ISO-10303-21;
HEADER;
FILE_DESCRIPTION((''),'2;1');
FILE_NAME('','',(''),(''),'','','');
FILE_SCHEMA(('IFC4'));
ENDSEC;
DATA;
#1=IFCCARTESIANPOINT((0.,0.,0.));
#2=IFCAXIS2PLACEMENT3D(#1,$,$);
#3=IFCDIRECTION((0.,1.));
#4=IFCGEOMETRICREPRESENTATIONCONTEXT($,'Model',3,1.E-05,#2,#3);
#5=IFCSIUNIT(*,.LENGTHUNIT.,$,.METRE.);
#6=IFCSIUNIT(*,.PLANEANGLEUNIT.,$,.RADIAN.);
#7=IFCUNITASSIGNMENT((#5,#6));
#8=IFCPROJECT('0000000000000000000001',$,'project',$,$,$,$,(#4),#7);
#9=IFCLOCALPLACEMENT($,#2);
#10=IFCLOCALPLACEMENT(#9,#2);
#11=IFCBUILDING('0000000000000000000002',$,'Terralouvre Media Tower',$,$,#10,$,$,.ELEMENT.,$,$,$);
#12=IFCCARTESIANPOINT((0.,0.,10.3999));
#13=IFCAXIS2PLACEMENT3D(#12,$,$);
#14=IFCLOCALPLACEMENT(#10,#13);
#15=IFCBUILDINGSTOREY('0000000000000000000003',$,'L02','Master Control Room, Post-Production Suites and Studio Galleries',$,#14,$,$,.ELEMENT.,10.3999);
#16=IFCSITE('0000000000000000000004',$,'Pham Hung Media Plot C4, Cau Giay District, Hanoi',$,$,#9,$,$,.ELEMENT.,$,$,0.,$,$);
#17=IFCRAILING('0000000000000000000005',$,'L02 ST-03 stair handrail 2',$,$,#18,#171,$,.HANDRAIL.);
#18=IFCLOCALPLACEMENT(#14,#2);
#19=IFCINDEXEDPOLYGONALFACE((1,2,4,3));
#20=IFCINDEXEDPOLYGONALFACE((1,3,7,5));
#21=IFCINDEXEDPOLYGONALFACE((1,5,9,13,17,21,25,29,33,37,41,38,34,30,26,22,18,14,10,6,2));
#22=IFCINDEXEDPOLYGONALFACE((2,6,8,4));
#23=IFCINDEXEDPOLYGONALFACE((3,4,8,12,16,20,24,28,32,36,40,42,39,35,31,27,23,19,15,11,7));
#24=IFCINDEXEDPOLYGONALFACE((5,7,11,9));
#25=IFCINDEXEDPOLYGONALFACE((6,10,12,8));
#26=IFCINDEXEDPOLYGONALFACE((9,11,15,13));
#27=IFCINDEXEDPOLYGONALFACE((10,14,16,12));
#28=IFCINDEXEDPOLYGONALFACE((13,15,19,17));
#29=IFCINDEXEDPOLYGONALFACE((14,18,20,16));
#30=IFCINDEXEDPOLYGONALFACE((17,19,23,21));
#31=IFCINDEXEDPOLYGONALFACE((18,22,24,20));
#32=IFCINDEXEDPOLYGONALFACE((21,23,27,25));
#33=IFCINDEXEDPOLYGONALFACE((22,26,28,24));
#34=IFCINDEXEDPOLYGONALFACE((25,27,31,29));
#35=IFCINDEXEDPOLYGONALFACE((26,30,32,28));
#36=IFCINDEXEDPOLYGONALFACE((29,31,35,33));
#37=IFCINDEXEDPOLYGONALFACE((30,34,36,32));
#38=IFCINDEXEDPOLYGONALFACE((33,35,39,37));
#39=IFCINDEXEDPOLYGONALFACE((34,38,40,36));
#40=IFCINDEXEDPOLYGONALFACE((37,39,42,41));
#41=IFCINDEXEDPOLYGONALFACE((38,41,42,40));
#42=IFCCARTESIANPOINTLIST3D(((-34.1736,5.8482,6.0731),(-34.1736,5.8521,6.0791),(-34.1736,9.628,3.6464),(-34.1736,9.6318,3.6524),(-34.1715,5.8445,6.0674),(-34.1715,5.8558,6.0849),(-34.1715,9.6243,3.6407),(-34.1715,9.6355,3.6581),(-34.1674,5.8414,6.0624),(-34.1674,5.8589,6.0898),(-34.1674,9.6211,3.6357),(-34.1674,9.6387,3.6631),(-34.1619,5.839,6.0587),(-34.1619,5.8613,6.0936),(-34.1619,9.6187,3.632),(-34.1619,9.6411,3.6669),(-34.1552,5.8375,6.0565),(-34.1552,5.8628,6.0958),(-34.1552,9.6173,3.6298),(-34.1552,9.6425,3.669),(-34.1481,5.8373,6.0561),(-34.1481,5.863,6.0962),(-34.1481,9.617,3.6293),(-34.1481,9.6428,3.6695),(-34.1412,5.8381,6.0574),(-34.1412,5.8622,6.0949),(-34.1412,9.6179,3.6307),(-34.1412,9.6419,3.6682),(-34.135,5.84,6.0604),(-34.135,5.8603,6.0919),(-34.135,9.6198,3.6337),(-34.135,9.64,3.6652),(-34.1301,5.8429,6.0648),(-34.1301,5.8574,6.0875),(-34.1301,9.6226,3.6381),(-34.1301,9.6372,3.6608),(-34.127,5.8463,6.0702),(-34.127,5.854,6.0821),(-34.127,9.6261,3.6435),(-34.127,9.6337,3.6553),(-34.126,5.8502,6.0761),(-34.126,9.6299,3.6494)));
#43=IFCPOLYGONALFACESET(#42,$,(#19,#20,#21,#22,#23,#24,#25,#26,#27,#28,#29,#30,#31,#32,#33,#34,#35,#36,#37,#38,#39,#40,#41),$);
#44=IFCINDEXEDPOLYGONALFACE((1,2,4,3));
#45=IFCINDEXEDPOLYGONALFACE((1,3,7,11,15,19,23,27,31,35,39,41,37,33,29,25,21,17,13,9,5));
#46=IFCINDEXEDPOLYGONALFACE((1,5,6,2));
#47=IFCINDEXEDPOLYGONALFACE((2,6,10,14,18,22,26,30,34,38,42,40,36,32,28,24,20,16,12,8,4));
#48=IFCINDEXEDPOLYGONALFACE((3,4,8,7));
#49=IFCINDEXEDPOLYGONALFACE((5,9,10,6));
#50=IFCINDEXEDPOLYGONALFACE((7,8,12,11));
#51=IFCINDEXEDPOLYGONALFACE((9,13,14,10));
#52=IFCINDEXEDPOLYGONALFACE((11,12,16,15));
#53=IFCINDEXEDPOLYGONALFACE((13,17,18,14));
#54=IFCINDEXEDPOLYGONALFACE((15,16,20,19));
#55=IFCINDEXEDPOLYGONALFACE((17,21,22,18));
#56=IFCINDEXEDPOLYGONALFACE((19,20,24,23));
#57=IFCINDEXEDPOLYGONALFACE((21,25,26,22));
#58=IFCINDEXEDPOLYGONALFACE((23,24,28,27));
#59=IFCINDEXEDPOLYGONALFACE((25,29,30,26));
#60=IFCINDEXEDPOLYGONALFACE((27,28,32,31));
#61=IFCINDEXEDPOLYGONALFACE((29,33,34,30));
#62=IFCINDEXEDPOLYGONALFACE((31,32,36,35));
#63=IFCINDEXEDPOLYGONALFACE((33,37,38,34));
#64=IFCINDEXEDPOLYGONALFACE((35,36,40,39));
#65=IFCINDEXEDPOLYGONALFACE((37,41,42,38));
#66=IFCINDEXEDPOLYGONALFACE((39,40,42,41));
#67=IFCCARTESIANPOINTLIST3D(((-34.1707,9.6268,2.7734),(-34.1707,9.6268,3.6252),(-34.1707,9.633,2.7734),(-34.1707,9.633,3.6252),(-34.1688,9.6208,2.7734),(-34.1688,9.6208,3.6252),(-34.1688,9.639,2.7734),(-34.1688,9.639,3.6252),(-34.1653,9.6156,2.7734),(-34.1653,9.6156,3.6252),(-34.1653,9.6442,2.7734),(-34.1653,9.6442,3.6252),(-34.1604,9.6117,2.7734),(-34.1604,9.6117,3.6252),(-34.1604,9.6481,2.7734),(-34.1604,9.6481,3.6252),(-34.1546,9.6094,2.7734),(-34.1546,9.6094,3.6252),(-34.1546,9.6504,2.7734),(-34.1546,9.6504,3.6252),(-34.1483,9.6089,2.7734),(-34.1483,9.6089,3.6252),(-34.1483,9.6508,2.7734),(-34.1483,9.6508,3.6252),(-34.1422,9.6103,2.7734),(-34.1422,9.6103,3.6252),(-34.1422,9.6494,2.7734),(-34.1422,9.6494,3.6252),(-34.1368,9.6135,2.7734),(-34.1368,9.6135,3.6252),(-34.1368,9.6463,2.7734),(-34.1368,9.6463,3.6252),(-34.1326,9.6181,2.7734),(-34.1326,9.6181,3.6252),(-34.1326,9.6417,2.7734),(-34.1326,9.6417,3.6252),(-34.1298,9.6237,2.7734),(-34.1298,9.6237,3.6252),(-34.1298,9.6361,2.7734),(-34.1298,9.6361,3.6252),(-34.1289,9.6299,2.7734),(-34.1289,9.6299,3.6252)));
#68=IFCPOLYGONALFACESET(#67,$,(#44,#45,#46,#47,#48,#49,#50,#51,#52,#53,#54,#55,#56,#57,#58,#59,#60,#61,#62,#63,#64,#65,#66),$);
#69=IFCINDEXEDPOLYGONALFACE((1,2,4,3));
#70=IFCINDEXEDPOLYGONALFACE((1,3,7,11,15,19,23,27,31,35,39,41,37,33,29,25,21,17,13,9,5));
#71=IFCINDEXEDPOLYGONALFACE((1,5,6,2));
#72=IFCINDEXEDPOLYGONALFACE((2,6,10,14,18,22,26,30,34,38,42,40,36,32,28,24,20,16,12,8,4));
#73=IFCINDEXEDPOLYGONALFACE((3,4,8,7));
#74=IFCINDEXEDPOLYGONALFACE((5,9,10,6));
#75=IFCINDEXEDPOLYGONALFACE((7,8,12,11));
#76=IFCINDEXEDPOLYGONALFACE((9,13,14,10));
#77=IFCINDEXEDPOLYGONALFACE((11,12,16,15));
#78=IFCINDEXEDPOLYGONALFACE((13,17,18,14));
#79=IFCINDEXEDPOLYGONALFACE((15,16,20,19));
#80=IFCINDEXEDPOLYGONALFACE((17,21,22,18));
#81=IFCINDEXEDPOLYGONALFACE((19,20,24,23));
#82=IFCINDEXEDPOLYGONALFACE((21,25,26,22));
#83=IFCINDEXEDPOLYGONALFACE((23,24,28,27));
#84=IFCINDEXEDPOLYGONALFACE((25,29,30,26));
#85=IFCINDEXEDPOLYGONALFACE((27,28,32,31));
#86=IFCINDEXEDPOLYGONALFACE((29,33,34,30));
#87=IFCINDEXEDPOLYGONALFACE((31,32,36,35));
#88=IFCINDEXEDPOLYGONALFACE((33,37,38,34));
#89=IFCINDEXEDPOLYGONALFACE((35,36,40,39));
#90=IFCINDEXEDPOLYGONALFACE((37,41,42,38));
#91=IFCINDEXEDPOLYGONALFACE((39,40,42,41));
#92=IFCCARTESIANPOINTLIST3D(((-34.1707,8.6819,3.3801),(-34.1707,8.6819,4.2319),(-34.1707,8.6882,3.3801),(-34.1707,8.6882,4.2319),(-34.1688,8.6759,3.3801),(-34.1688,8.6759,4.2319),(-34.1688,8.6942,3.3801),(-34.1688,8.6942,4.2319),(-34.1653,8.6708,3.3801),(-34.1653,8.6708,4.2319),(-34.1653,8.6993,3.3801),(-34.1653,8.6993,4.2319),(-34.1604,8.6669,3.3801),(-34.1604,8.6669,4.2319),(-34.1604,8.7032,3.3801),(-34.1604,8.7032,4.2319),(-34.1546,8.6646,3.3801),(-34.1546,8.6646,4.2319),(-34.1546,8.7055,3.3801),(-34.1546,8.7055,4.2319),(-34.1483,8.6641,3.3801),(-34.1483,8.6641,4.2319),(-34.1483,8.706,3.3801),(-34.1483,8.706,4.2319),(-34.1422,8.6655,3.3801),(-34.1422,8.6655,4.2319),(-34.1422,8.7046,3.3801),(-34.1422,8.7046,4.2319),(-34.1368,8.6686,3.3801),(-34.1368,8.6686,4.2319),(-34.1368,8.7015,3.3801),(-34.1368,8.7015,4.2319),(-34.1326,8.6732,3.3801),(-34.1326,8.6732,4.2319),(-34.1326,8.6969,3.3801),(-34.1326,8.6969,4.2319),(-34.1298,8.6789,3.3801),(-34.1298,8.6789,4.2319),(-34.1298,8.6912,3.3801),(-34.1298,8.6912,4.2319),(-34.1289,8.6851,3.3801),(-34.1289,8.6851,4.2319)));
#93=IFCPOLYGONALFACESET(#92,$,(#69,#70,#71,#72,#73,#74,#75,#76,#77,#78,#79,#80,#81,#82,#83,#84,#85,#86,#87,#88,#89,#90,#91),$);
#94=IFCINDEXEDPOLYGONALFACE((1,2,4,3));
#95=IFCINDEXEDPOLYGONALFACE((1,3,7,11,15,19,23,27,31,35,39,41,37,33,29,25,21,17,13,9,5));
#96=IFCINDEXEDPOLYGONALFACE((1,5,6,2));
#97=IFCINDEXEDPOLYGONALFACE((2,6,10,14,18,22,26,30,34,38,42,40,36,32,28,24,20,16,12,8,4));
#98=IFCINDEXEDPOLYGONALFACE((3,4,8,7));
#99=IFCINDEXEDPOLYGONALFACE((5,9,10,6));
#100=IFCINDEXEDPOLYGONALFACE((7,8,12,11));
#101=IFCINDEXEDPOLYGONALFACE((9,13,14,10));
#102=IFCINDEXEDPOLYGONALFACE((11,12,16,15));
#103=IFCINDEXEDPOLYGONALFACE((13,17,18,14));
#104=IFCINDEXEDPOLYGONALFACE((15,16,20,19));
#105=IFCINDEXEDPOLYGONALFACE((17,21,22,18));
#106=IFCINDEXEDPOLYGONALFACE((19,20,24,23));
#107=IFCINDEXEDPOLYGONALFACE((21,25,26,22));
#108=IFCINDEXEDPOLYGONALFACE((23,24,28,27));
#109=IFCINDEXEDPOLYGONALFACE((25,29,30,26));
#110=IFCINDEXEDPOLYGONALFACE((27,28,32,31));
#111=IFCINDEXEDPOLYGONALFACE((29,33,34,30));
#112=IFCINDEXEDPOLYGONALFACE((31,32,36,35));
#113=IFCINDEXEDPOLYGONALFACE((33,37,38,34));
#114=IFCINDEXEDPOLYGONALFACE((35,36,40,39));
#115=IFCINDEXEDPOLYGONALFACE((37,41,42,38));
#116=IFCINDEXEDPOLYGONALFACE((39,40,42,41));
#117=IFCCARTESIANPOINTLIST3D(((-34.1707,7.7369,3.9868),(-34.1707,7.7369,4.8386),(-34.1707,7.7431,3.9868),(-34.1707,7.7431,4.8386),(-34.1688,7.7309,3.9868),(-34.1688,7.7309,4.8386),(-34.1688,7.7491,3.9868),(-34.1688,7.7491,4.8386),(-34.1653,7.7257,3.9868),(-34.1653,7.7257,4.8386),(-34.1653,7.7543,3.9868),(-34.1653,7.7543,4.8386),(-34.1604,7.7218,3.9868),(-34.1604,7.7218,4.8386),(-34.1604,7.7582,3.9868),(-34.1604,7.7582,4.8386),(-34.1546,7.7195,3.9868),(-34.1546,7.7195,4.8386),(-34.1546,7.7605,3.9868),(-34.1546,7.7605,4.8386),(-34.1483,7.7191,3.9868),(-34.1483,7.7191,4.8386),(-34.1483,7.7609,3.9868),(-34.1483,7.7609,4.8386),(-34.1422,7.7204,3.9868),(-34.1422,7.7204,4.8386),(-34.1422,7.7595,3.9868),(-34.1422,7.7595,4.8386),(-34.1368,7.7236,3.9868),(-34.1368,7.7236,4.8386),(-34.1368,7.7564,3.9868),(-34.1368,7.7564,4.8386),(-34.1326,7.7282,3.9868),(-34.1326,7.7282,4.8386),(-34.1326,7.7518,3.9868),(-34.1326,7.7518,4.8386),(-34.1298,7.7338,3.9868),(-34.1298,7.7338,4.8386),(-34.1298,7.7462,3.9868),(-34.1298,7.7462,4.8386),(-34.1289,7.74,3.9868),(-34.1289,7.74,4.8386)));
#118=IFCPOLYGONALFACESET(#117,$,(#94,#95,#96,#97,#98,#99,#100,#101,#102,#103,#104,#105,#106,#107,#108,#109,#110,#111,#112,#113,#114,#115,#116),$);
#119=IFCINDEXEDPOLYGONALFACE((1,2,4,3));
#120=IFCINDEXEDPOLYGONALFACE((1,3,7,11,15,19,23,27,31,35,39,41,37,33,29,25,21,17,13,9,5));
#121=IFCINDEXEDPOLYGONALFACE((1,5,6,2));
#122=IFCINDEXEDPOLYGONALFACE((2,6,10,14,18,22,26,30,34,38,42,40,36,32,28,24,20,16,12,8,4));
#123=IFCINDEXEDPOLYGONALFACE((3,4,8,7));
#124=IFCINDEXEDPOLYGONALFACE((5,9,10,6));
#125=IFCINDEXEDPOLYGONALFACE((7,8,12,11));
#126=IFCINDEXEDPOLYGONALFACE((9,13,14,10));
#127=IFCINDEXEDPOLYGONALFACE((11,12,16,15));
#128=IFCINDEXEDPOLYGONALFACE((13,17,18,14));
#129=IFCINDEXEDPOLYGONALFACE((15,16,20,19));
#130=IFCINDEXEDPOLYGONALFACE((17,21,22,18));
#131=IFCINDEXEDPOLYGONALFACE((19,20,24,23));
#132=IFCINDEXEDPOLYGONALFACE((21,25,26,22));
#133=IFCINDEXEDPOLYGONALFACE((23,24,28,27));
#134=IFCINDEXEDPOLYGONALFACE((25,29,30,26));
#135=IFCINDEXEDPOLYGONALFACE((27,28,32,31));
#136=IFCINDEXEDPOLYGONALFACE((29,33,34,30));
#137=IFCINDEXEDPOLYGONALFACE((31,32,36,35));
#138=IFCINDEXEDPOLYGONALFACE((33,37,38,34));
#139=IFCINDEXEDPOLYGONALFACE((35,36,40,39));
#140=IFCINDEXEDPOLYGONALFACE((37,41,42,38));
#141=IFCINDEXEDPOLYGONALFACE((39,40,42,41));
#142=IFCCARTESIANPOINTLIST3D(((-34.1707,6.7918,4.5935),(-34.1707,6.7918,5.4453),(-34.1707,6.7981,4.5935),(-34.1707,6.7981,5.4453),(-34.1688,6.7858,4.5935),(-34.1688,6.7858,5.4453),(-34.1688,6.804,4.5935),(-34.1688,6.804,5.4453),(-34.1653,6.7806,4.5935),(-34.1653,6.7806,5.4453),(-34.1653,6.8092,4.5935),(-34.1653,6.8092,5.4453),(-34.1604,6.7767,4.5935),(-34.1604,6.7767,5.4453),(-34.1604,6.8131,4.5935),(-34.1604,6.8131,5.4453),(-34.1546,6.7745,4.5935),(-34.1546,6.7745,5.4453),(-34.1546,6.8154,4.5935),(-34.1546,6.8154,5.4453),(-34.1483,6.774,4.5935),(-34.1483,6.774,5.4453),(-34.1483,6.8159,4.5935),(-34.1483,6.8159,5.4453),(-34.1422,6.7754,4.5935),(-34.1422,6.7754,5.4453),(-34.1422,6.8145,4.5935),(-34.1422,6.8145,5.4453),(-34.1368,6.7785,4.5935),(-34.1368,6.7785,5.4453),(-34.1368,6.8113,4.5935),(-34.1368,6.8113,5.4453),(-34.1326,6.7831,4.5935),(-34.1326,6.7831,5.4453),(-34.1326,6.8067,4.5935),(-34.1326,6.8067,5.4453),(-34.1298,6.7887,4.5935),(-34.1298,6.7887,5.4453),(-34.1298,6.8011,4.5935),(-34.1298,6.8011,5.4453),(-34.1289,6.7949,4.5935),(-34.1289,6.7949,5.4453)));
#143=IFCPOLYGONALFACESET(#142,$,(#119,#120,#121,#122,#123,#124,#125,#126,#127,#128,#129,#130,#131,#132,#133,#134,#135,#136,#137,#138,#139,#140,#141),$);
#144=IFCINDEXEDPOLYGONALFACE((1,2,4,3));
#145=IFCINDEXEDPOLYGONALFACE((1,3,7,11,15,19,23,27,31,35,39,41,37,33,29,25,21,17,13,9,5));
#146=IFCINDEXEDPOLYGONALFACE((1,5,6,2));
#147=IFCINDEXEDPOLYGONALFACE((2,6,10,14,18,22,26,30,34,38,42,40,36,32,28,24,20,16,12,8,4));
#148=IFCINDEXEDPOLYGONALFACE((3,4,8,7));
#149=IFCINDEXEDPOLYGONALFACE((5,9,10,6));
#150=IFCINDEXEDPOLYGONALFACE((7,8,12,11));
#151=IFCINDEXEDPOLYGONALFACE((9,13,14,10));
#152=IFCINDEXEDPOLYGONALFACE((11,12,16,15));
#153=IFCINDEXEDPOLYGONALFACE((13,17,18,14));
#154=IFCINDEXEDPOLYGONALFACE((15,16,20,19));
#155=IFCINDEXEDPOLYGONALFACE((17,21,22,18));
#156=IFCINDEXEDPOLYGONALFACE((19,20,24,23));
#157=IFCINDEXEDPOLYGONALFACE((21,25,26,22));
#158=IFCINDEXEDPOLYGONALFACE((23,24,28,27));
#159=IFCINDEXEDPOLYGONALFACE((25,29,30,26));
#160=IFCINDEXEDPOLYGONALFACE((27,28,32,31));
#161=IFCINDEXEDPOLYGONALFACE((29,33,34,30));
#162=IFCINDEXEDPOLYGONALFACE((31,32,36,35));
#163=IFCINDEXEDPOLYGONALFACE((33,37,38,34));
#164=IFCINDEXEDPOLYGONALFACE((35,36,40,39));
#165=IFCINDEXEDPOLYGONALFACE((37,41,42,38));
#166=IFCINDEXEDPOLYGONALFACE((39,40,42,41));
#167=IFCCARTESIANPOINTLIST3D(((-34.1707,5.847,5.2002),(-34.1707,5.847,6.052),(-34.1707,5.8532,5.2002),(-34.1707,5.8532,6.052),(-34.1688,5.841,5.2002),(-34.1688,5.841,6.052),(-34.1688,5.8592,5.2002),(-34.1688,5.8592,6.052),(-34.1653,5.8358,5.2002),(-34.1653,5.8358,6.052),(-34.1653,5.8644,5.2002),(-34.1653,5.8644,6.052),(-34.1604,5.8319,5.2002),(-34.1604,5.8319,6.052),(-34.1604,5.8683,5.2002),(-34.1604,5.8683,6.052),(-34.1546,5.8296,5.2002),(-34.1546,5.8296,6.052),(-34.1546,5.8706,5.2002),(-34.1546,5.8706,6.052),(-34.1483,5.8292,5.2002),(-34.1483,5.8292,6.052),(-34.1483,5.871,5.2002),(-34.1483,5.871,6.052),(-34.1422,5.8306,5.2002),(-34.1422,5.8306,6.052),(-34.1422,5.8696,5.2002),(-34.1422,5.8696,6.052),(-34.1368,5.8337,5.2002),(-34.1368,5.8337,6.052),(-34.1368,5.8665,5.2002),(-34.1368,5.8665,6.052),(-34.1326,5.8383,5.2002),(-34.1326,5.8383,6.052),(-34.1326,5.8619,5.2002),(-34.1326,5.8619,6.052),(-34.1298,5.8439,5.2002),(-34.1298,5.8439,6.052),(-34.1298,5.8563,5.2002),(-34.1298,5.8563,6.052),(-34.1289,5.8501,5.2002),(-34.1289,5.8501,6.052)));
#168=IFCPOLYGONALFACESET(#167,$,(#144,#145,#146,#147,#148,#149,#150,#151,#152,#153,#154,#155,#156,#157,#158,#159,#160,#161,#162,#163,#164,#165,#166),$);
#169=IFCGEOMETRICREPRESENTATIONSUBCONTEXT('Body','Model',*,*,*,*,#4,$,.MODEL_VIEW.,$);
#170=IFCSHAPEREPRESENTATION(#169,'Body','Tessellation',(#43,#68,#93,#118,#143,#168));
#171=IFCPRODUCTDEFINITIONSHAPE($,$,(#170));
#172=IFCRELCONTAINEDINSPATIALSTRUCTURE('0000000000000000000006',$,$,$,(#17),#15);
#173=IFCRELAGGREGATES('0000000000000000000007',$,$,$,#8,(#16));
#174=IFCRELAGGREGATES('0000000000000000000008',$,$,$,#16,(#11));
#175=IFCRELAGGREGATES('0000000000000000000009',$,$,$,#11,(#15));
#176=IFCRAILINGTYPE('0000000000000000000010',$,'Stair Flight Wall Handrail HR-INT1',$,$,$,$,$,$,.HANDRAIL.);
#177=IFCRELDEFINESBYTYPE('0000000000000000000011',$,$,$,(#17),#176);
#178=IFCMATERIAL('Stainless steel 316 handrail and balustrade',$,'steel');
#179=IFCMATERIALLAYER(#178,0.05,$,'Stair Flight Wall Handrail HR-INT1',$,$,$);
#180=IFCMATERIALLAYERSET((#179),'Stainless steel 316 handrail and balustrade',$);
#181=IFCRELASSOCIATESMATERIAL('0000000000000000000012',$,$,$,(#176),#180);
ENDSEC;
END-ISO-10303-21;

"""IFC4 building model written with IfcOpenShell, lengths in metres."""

from ifc_helpers import new_model, si_unit, direction, frame, origin, origin_2d, place, context, subcontext, project, spatial, circle, extrude, material, layer, layer_set, type_object, element, save


model = new_model("IFC4")

# Units and contexts
model_context = context("Model", 3, precision=1e-05, world=origin(), true_north=direction((0.0, 1.0)))
body_context = subcontext(model_context, "Body", "Model", "MODEL_VIEW")
ifc_project = project(units=[si_unit("LENGTHUNIT", "METRE"), si_unit("PLANEANGLEUNIT", "RADIAN")], contexts=[model_context])

# Site, building, storey
site_placement = place(None, origin())
site = spatial("IfcSite", under=ifc_project, at=site_placement, Name="Pham Hung Media Plot C4, Cau Giay District, Hanoi", CompositionType="ELEMENT", RefElevation=0.0)
building_placement = place(site_placement, origin())
building = spatial("IfcBuilding", under=site, at=building_placement, Name="Terralouvre Media Tower", CompositionType="ELEMENT")
storey_placement = place(building_placement, frame((0.0, 0.0, 10.3999)))
storey = spatial("IfcBuildingStorey", under=building, at=storey_placement, Name="L02", Description="Master Control Room, Post-Production Suites and Studio Galleries", CompositionType="ELEMENT", Elevation=10.3999)

# Railing
ifc_material_1 = material(Name="Stainless steel 316 handrail and balustrade", Category="steel")
ifc_layer_1 = layer(ifc_material_1, 0.05, Name="Stair Flight Wall Handrail HR-INT1")
ifc_layer_set_1 = layer_set([ifc_layer_1], Name="Stainless steel 316 handrail and balustrade")
railing_type_1 = type_object("IfcRailingType", Name="Stair Flight Wall Handrail HR-INT1", PredefinedType="HANDRAIL", material=ifc_layer_set_1)
railing_1_placement = place(storey_placement, frame((-34.1499, 9.6299, 2.7734)))
element("IfcRailing", 1, at=railing_1_placement, inside=storey, type_object=railing_type_1, Name="L02 ST-03 stair handrail 2", PredefinedType="HANDRAIL", context=body_context, shape_type="SweptSolid", body=[
    extrude(circle(Radius=0.0239, at=origin_2d()), frame((0.0, 0.0, 0.876), z_axis=(0.0, -0.841493, 0.540269), x_axis=(1.0, 0.0, 0.0)), (0.0, 0.0, 1.0), 4.4917),
    extrude(circle(Radius=0.021, at=origin_2d()), origin(), (0.0, 0.0, 1.0), 0.8518),
    extrude(circle(Radius=0.021, at=origin_2d()), frame((0.0, -0.9448, 0.6067)), (0.0, 0.0, 1.0), 0.8518),
    extrude(circle(Radius=0.021, at=origin_2d()), frame((0.0, -1.8899, 1.2134)), (0.0, 0.0, 1.0), 0.8518),
    extrude(circle(Radius=0.021, at=origin_2d()), frame((0.0, -2.835, 1.8201)), (0.0, 0.0, 1.0), 0.8518),
    extrude(circle(Radius=0.021, at=origin_2d()), frame((0.0, -3.7798, 2.4268)), (0.0, 0.0, 1.0), 0.8518),
])

save(model, "model.ifc")
